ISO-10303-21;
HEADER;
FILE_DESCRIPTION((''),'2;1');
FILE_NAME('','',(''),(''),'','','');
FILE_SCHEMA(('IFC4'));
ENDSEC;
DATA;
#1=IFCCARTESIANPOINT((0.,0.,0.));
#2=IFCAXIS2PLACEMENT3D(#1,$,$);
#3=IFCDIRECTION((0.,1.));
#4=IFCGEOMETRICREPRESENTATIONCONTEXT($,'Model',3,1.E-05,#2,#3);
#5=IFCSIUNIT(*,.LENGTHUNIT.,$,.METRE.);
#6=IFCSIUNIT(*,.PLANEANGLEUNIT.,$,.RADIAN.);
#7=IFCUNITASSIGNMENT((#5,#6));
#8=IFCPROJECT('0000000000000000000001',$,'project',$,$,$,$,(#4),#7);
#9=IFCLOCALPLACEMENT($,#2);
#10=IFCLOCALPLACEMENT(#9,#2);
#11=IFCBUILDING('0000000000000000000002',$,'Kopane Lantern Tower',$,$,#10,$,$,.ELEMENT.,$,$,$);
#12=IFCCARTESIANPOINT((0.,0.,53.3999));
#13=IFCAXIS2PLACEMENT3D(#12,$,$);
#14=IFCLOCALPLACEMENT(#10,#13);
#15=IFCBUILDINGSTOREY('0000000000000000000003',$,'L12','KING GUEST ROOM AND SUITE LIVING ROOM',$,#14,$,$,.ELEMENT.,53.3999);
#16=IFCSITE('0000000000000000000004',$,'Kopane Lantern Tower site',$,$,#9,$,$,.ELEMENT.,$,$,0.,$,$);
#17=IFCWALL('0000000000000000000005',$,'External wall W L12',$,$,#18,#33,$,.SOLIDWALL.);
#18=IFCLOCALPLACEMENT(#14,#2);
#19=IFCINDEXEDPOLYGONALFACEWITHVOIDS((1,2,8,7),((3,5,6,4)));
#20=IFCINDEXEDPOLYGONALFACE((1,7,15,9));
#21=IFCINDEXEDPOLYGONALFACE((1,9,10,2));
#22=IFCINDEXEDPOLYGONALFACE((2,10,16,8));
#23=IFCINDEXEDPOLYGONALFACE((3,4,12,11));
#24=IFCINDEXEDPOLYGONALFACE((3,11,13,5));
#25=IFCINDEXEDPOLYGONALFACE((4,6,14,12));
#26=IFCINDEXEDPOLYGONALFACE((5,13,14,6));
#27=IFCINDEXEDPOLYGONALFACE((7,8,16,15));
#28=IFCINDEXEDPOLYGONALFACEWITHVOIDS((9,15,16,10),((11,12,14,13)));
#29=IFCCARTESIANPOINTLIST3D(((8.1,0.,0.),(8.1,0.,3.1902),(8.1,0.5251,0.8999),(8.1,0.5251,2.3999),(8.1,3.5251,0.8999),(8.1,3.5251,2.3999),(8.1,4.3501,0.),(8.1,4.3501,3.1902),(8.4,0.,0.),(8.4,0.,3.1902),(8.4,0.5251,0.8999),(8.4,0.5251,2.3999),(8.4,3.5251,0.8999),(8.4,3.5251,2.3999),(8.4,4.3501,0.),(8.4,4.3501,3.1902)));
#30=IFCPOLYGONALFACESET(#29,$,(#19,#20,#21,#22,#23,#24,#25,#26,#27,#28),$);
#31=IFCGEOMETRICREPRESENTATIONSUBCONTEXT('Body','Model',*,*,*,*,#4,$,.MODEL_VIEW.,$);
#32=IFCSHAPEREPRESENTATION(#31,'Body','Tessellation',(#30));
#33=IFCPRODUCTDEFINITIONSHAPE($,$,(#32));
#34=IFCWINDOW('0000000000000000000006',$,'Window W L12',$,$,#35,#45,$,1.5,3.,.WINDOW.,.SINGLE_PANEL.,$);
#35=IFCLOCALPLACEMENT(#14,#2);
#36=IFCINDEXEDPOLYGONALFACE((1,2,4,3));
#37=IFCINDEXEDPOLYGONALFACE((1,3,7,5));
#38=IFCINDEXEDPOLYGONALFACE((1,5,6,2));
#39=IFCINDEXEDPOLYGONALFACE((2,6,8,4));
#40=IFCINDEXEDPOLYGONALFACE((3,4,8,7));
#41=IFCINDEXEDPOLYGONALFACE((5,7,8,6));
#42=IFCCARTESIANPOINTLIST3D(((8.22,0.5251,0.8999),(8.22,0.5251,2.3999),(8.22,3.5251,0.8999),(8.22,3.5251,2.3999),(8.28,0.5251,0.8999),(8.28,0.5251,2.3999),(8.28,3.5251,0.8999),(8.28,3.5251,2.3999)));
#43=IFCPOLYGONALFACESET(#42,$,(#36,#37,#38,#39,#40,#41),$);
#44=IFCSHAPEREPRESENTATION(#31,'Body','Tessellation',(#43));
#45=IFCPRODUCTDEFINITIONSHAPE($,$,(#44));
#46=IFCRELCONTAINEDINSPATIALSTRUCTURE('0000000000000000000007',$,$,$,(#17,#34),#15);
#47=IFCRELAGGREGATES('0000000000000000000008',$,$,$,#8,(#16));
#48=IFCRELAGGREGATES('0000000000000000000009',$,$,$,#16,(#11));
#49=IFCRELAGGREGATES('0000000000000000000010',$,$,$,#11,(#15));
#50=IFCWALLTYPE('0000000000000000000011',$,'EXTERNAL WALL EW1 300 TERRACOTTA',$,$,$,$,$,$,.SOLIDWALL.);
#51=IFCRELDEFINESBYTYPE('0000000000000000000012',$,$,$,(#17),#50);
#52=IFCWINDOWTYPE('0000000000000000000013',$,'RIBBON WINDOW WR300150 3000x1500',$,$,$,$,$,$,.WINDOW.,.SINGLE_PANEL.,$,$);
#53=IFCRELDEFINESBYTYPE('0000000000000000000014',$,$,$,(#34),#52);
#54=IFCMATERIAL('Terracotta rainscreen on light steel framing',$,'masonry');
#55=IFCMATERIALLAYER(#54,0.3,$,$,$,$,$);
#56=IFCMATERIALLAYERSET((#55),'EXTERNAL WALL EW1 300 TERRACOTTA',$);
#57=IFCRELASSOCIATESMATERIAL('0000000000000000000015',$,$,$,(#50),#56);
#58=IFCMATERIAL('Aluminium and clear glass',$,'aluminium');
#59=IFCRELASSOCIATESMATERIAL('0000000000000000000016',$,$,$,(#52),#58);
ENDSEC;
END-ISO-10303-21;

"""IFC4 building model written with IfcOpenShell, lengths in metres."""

from ifc_helpers import new_model, si_unit, direction, frame, frame_2d, origin, place, context, subcontext, project, spatial, rectangle, extrude, material, layer, layer_set, type_object, element, fill, save


model = new_model("IFC4")

# Units and contexts
model_context = context("Model", 3, precision=1e-05, world=origin(), true_north=direction((0.0, 1.0)))
body_context = subcontext(model_context, "Body", "Model", "MODEL_VIEW")
ifc_project = project(units=[si_unit("LENGTHUNIT", "METRE"), si_unit("PLANEANGLEUNIT", "RADIAN")], contexts=[model_context])

# Site, building, storey
site_placement = place(None, origin())
site = spatial("IfcSite", under=ifc_project, at=site_placement, Name="Kopane Lantern Tower site", CompositionType="ELEMENT", RefElevation=0.0)
building_placement = place(site_placement, origin())
building = spatial("IfcBuilding", under=site, at=building_placement, Name="Kopane Lantern Tower", CompositionType="ELEMENT")
storey_placement = place(building_placement, frame((0.0, 0.0, 53.3999)))
storey = spatial("IfcBuildingStorey", under=building, at=storey_placement, Name="L12", Description="KING GUEST ROOM AND SUITE LIVING ROOM", CompositionType="ELEMENT", Elevation=53.3999)

# Shared definitions
ifc_material_1 = material(Name="Terracotta rainscreen on light steel framing", Category="masonry")
ifc_layer = layer(ifc_material_1, 0.3)
ifc_layer_set = layer_set([ifc_layer], Name="EXTERNAL WALL EW1 300 TERRACOTTA")
wall_type = type_object("IfcWallType", Name="EXTERNAL WALL EW1 300 TERRACOTTA", PredefinedType="SOLIDWALL", material=ifc_layer_set)

# Wall, opening, window
ifc_material_2 = material(Name="Aluminium and clear glass", Category="aluminium")
window_type_1 = type_object("IfcWindowType", Name="RIBBON WINDOW WR300150 3000x1500", PartitioningType="SINGLE_PANEL", PredefinedType="WINDOW", material=ifc_material_2)
wall_1_placement = place(storey_placement, frame((8.25, 4.3501, 0.0), z_axis=(0.0, 0.0, 1.0), x_axis=(0.0, -1.0, 0.0)))
wall_1 = element("IfcWall", 1, at=wall_1_placement, inside=storey, type_object=wall_type, Name="External wall W L12", PredefinedType="SOLIDWALL", context=body_context, shape_type="SweptSolid", body=[
    extrude(rectangle(XDim=4.3501, YDim=0.3, at=frame_2d((2.175, 0.0))), origin(), (0.0, 0.0, 1.0), 3.1902),
])
opening_1_placement = place(wall_1_placement, frame((0.825, 0.0, 0.8999)))
opening_1 = element("IfcOpeningElement", 2, at=opening_1_placement, cuts=wall_1, PredefinedType="OPENING", context=body_context, shape_type="SweptSolid", body=[
    extrude(rectangle(XDim=3.0, YDim=1.5, at=frame_2d((1.5, 0.75))), frame((0.0, 0.1599, 0.0), z_axis=(0.0, -1.0, 0.0), x_axis=(1.0, 0.0, 0.0)), (0.0, 0.0, 1.0), 0.3201),
])
window_1_placement = place(opening_1_placement, origin())
window_1 = element("IfcWindow", 3, at=window_1_placement, inside=storey, type_object=window_type_1, Name="Window W L12", OverallHeight=1.5, OverallWidth=3.0, PartitioningType="SINGLE_PANEL", PredefinedType="WINDOW", context=body_context, shape_type="SweptSolid", body=[
    extrude(rectangle(XDim=3.0, YDim=1.5, at=frame_2d((1.5, 0.75))), frame((0.0, 0.03, 0.0), z_axis=(0.0, -1.0, 0.0), x_axis=(1.0, 0.0, 0.0)), (0.0, 0.0, 1.0), 0.0601),
])
fill(opening_1, window_1)

save(model, "model.ifc")
